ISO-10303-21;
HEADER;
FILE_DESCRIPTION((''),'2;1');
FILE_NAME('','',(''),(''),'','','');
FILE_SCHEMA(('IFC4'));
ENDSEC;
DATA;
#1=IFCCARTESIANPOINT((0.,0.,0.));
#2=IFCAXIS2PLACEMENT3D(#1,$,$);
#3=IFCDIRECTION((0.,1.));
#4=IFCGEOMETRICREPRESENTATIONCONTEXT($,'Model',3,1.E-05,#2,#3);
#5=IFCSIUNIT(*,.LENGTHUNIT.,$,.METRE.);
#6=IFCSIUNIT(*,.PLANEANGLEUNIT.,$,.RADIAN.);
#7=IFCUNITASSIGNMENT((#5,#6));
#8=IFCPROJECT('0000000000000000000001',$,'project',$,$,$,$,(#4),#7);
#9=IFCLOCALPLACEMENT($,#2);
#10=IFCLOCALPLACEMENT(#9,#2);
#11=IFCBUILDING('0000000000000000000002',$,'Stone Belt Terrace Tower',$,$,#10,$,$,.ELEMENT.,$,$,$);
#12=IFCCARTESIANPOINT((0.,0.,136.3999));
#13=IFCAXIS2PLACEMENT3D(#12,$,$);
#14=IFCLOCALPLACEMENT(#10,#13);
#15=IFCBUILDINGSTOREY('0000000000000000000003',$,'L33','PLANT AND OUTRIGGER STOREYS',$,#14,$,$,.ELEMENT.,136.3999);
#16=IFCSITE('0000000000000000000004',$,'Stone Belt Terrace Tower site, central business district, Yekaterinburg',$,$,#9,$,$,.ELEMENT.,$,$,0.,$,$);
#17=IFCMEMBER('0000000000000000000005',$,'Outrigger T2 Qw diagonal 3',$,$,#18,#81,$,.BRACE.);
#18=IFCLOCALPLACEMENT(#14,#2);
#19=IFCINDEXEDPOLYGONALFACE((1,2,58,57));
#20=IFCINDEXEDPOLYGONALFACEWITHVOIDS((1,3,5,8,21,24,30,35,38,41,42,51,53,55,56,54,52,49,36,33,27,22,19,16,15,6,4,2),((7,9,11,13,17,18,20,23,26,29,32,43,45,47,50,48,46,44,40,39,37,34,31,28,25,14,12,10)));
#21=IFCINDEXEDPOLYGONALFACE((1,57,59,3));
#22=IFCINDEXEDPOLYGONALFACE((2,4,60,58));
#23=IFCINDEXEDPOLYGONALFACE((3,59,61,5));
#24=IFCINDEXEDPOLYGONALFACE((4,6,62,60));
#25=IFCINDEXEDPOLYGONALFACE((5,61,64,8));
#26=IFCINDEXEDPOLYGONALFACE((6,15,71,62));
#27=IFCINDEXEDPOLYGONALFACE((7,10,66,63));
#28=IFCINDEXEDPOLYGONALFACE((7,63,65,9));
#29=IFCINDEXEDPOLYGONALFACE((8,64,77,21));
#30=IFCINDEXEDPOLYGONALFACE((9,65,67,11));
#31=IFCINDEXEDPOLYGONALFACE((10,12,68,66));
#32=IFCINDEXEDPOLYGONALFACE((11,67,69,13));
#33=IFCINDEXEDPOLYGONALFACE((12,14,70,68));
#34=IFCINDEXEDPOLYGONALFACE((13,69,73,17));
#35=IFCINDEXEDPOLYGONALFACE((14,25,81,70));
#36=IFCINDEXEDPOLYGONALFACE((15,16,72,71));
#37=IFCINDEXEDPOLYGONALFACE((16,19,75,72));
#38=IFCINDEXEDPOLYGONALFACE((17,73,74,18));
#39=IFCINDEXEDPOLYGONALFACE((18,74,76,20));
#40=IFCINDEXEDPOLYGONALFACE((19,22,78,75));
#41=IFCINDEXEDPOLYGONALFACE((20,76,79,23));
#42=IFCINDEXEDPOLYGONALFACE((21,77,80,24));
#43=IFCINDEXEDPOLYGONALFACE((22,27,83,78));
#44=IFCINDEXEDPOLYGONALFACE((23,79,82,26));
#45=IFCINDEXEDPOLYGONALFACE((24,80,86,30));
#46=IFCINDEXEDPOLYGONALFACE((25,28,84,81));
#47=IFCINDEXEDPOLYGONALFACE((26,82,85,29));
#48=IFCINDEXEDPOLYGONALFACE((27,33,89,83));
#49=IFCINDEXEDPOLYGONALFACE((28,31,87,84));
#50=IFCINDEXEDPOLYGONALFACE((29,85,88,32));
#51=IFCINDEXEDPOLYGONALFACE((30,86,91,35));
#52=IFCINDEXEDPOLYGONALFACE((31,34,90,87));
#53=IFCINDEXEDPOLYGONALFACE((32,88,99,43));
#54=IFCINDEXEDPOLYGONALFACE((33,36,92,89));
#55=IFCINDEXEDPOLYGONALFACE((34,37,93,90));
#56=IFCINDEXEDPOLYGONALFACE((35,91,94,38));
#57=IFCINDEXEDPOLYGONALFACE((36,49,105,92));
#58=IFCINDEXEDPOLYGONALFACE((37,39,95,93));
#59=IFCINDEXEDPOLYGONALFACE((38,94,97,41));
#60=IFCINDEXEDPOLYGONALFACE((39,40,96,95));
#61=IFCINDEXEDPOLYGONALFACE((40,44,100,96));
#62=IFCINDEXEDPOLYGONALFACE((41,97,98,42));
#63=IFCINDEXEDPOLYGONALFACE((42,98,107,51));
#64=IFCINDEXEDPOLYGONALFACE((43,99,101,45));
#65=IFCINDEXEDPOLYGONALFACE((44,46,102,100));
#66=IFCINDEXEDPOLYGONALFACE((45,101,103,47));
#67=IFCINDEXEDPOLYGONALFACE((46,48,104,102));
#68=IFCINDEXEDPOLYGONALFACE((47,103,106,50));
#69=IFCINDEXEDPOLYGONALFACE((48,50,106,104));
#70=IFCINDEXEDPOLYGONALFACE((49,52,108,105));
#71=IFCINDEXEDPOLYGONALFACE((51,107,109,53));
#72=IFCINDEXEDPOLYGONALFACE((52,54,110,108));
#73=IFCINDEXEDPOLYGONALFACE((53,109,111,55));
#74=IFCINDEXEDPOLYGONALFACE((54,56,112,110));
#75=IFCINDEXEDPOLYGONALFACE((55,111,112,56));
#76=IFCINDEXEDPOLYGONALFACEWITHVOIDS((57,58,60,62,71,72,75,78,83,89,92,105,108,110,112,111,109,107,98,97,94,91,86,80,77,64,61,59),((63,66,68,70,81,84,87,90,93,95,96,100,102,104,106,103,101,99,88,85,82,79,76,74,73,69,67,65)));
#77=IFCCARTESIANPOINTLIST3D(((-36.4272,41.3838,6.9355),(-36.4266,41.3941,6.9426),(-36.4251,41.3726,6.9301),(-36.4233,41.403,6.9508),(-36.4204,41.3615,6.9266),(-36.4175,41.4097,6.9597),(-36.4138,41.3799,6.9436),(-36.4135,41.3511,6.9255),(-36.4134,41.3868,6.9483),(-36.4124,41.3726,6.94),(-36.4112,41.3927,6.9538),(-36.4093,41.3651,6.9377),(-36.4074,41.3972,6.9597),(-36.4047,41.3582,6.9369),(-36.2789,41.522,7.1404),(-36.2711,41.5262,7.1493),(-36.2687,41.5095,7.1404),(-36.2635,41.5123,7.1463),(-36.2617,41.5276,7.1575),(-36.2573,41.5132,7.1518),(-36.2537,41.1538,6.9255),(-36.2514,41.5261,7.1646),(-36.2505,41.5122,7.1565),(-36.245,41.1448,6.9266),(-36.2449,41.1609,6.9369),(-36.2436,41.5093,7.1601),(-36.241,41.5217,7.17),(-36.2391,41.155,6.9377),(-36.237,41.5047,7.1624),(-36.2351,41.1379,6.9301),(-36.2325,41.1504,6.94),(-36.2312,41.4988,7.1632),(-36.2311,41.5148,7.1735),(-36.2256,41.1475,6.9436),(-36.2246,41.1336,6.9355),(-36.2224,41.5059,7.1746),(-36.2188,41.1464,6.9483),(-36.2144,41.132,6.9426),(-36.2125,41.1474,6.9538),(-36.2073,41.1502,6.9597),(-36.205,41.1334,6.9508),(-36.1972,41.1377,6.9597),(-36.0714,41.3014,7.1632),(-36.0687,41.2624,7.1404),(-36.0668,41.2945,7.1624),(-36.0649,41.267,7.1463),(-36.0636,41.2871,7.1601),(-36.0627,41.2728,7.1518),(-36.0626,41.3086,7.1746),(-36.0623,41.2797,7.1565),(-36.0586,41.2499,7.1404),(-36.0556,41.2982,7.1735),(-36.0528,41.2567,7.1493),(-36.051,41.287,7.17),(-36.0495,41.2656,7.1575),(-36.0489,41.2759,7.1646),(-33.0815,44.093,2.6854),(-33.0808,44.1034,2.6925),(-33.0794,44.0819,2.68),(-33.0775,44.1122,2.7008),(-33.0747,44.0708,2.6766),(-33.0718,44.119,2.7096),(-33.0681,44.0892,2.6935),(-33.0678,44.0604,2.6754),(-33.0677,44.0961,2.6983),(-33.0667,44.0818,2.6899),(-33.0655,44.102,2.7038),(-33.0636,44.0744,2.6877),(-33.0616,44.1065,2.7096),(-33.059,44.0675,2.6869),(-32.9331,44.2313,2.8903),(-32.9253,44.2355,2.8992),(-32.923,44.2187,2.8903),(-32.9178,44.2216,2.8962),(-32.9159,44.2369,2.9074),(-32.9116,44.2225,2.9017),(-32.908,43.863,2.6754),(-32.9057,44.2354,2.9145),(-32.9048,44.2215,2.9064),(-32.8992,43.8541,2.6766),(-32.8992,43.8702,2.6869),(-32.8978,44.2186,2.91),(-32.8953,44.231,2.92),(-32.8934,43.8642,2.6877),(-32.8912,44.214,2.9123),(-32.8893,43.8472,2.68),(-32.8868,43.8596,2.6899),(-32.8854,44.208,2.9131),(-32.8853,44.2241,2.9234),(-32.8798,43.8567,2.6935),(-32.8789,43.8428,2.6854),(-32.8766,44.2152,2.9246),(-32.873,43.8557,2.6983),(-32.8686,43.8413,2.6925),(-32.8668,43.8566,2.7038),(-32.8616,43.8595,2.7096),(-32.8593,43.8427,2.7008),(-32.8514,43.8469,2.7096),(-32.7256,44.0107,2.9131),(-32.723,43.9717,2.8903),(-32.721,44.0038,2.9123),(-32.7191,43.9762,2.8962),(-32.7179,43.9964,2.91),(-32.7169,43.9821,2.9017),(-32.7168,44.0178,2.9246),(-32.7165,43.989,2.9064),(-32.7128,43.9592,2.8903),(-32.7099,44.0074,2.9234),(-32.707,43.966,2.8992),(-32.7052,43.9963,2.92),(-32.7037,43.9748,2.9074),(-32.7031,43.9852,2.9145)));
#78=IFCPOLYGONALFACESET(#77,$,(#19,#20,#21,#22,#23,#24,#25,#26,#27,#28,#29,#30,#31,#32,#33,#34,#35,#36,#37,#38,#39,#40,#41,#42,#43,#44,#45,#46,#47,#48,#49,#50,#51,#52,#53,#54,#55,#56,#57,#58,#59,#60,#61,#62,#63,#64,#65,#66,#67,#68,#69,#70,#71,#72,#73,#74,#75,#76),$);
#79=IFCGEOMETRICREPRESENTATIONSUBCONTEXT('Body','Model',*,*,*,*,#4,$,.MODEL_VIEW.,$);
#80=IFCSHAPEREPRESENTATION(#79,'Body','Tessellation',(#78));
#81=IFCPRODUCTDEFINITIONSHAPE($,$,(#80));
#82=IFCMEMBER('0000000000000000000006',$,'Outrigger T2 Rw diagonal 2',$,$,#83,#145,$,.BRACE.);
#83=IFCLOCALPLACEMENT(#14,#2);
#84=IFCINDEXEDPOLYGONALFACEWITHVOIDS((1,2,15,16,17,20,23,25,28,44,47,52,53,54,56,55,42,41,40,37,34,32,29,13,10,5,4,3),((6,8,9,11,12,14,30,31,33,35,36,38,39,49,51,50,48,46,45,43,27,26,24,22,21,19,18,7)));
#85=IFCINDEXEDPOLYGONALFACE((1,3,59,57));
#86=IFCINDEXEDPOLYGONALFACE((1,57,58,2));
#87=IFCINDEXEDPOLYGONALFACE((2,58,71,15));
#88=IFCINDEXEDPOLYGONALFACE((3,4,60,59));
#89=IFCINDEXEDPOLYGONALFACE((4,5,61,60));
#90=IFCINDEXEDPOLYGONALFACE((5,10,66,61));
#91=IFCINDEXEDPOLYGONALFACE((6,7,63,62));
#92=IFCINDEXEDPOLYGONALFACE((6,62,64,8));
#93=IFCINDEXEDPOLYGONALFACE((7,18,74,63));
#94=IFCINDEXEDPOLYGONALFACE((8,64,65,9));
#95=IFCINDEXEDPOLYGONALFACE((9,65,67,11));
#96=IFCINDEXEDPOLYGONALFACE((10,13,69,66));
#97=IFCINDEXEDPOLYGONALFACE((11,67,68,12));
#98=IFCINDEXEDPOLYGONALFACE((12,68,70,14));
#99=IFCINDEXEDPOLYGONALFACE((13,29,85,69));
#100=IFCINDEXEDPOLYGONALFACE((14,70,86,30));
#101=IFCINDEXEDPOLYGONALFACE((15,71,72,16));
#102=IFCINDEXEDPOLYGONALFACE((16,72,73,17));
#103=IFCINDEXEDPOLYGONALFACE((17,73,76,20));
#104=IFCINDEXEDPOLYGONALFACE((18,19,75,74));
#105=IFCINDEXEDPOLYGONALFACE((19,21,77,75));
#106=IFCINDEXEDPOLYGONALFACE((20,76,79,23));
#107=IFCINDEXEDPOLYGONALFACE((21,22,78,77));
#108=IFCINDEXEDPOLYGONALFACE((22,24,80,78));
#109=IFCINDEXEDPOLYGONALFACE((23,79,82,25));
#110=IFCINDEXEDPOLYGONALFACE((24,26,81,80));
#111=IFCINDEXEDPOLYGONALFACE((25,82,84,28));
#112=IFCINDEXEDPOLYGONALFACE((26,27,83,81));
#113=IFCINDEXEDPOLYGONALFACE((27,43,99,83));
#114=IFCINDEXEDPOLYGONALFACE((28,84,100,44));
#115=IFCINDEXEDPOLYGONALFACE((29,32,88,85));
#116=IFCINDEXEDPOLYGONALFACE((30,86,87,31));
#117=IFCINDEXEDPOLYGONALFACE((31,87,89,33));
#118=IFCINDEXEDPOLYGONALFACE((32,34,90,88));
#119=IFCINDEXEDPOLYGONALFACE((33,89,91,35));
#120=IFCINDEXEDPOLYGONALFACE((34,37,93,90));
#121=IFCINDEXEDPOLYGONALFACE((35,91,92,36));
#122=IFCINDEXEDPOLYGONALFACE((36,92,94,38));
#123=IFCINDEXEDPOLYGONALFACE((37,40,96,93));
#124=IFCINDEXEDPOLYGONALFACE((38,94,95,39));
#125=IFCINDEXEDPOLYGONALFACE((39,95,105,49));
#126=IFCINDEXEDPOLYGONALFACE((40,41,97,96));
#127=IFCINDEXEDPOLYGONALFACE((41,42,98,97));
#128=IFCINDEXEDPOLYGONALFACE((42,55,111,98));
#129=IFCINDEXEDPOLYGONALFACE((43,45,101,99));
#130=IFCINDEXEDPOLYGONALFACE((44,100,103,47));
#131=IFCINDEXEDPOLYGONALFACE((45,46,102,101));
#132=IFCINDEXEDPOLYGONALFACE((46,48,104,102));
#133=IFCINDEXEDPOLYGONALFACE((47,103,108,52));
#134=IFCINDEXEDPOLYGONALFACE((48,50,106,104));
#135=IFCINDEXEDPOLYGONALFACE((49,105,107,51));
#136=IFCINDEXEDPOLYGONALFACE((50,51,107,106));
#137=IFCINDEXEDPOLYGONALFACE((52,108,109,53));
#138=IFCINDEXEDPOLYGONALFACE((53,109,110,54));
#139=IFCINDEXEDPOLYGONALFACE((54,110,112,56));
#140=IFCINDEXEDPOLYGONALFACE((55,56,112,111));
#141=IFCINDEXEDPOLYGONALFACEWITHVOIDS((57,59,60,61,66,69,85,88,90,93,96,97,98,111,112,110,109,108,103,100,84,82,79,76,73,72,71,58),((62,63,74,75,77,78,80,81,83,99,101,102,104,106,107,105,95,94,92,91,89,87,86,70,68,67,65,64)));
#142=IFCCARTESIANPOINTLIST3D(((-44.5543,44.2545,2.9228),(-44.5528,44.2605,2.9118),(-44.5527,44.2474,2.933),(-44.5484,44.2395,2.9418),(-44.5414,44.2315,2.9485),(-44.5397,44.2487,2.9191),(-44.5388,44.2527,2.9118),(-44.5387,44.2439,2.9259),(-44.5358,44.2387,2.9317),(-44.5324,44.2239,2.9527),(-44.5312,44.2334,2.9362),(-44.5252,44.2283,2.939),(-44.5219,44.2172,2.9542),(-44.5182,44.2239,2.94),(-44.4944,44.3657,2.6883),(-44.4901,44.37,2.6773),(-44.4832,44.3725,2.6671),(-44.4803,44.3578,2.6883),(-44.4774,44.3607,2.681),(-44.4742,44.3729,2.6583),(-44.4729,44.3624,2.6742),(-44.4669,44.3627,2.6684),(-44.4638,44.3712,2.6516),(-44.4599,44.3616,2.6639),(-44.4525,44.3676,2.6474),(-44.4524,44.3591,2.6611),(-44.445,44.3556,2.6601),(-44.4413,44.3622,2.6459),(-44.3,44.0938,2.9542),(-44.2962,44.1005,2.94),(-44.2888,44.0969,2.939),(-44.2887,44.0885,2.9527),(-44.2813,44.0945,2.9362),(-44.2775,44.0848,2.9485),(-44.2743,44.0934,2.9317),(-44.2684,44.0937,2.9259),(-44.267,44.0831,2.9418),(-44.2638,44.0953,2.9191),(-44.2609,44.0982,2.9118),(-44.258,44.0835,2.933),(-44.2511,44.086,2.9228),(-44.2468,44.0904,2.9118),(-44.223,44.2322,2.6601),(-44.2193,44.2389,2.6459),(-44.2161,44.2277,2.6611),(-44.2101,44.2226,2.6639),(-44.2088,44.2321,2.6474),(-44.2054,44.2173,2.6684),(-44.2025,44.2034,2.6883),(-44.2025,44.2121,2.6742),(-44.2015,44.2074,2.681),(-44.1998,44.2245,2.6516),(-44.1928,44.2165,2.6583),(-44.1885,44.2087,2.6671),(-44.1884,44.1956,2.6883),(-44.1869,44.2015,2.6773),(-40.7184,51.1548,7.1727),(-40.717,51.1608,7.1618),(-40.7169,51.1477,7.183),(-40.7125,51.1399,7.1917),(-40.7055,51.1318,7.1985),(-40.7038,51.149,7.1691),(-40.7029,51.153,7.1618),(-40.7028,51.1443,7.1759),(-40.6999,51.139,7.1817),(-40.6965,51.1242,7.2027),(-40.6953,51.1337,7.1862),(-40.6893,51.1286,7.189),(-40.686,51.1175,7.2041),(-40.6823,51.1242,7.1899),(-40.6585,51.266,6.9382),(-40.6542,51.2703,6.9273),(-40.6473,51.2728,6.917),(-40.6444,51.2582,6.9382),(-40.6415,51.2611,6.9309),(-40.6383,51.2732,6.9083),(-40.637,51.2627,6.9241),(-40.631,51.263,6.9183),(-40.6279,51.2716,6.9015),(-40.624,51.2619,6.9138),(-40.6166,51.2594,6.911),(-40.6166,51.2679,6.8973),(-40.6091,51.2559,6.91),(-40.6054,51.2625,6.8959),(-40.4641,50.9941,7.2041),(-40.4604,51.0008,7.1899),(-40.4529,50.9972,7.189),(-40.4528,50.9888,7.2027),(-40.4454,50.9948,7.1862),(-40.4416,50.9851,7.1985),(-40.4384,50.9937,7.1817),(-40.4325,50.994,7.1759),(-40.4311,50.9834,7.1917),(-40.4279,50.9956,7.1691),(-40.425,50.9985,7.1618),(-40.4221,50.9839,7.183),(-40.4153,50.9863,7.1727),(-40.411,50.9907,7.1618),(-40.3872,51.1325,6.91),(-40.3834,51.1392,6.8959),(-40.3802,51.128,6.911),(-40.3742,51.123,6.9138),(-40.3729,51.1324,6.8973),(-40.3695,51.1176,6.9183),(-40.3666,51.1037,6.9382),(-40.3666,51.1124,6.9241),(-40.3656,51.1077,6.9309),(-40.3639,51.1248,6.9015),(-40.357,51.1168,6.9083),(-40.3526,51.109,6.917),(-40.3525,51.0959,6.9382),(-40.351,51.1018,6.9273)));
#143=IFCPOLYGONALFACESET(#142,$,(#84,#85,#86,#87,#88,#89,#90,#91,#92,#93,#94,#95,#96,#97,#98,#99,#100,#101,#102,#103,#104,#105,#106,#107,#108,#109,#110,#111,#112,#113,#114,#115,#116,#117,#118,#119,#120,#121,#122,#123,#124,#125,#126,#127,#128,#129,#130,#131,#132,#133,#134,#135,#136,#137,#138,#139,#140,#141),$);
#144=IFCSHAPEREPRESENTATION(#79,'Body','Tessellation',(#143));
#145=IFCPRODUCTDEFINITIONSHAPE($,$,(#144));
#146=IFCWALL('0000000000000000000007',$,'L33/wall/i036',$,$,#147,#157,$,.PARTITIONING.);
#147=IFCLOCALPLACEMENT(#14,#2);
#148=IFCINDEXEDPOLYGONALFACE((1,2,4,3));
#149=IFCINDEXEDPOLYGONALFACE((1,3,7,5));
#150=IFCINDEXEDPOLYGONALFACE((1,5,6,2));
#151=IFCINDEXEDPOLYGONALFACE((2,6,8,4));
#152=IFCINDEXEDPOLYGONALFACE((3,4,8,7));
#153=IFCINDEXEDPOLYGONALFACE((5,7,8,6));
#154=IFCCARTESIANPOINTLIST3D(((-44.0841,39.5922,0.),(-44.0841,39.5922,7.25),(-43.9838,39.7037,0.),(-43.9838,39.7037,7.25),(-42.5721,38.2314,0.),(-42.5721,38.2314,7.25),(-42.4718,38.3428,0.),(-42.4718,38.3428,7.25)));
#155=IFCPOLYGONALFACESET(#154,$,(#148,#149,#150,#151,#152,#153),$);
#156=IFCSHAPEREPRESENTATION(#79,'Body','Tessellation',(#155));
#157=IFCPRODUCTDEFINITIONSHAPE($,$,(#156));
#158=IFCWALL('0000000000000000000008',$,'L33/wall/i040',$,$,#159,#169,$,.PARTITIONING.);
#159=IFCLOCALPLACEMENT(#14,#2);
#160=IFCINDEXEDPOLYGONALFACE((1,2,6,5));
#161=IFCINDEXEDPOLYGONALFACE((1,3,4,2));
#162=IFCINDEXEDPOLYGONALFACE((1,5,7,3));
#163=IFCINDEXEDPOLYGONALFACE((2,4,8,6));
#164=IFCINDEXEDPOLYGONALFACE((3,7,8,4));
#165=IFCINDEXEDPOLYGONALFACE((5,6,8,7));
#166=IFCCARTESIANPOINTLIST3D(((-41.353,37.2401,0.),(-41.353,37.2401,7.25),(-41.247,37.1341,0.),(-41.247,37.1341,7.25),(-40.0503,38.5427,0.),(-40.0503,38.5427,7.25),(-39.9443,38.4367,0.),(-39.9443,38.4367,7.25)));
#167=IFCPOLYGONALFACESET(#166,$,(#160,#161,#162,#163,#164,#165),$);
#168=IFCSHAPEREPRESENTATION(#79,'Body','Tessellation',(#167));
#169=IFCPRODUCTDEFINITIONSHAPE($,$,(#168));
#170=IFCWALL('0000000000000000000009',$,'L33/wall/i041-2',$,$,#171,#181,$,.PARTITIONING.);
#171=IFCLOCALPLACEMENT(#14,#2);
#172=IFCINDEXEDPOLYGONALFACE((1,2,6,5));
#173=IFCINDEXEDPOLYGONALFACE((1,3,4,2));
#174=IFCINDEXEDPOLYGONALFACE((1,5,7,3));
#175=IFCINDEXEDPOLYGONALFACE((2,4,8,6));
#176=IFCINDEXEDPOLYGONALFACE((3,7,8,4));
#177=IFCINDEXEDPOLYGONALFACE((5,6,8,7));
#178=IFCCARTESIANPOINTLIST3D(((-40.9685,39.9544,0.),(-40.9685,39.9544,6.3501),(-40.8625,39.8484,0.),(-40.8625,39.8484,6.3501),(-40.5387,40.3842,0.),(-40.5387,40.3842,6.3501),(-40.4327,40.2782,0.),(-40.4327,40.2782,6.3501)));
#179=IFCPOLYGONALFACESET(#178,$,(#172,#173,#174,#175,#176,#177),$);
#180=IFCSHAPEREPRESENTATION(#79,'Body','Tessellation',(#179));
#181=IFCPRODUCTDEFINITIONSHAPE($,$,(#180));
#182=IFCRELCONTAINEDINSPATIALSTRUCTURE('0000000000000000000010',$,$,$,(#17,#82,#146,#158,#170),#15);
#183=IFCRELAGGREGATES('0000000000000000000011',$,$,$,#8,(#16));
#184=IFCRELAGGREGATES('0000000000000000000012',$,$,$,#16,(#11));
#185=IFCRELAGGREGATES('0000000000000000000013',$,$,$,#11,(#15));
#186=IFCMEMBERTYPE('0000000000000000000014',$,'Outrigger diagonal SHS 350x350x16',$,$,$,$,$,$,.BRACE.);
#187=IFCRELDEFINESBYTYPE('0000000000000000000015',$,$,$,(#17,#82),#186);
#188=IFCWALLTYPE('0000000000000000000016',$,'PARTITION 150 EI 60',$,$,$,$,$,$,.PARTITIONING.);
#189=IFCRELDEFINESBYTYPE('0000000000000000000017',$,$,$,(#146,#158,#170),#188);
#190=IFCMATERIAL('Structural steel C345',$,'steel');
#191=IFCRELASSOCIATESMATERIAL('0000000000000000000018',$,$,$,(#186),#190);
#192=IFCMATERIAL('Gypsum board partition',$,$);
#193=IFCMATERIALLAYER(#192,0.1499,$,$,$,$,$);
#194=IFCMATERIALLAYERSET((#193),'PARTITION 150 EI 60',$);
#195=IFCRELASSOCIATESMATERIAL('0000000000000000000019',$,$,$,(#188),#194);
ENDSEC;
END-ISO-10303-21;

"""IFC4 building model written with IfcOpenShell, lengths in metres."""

from ifc_helpers import new_model, si_unit, direction, frame, frame_2d, origin, origin_2d, place, context, subcontext, project, spatial, rectangle, hollow_rectangle, extrude, material, layer, layer_set, material_profile, profile_set, type_object, element, save


model = new_model("IFC4")

# Units and contexts
model_context = context("Model", 3, precision=1e-05, world=origin(), true_north=direction((0.0, 1.0)))
body_context = subcontext(model_context, "Body", "Model", "MODEL_VIEW")
ifc_project = project(units=[si_unit("LENGTHUNIT", "METRE"), si_unit("PLANEANGLEUNIT", "RADIAN")], contexts=[model_context])

# Site, building, storey
site_placement = place(None, origin())
site = spatial("IfcSite", under=ifc_project, at=site_placement, Name="Stone Belt Terrace Tower site, central business district, Yekaterinburg", CompositionType="ELEMENT", RefElevation=0.0)
building_placement = place(site_placement, origin())
building = spatial("IfcBuilding", under=site, at=building_placement, Name="Stone Belt Terrace Tower", CompositionType="ELEMENT")
storey_placement = place(building_placement, frame((0.0, 0.0, 136.3999)))
storey = spatial("IfcBuildingStorey", under=building, at=storey_placement, Name="L33", Description="PLANT AND OUTRIGGER STOREYS", CompositionType="ELEMENT", Elevation=136.3999)

# Members
ifc_material_1 = material(Name="Structural steel C345", Category="steel")
ifc_material_profile_1 = material_profile(ifc_material_1, hollow_rectangle(XDim=0.3501, YDim=0.3501, WallThickness=0.0161, InnerFilletRadius=0.032, OuterFilletRadius=0.0481, at=origin_2d()), Name="SHS 350x350x16")
ifc_profile_set_1 = profile_set([ifc_material_profile_1], Name="Structural steel C345")
member_type_1 = type_object("IfcMemberType", Name="Outrigger diagonal SHS 350x350x16", PredefinedType="BRACE", material=ifc_profile_set_1)
member_1_placement = place(storey_placement, frame((-36.238, 41.3298, 7.05), z_axis=(0.553057, 0.447845, -0.70254), x_axis=(-0.629311, 0.777154, 0.0)))
element("IfcMember", 1, at=member_1_placement, inside=storey, type_object=member_type_1, Name="Outrigger T2 Qw diagonal 3", PredefinedType="BRACE", context=body_context, shape_type="SweptSolid", body=[
    extrude(hollow_rectangle(XDim=0.3501, YDim=0.3501, WallThickness=0.0161, InnerFilletRadius=0.032, OuterFilletRadius=0.0481, at=origin_2d()), origin(), (0.0, 0.0, 1.0), 6.0496),
])
member_2_placement = place(storey_placement, frame((-44.3706, 44.228, 2.8), z_axis=(0.427823, 0.769602, 0.474004), x_axis=(-0.874029, 0.485874, 0.0)))
element("IfcMember", 2, at=member_2_placement, inside=storey, type_object=member_type_1, Name="Outrigger T2 Rw diagonal 2", PredefinedType="BRACE", context=body_context, shape_type="SweptSolid", body=[
    extrude(hollow_rectangle(XDim=0.3501, YDim=0.3501, WallThickness=0.0161, InnerFilletRadius=0.032, OuterFilletRadius=0.0481, at=origin_2d()), origin(), (0.0, 0.0, 1.0), 8.9661),
])

# Walls
ifc_material_2 = material(Name="Gypsum board partition")
ifc_layer = layer(ifc_material_2, 0.1499)
ifc_layer_set = layer_set([ifc_layer], Name="PARTITION 150 EI 60")
wall_type = type_object("IfcWallType", Name="PARTITION 150 EI 60", PredefinedType="PARTITIONING", material=ifc_layer_set)
wall_1_placement = place(storey_placement, frame((-44.0339, 39.6479, 0.0), z_axis=(0.0, 0.0, 1.0), x_axis=(0.743276, -0.668985, 0.0)))
element("IfcWall", 3, at=wall_1_placement, inside=storey, type_object=wall_type, Name="L33/wall/i036", PredefinedType="PARTITIONING", context=body_context, shape_type="SweptSolid", body=[
    extrude(rectangle(XDim=2.0342, YDim=0.1499, at=frame_2d((1.0171, 0.0))), origin(), (0.0, 0.0, 1.0), 7.25),
])
wall_2_placement = place(storey_placement, frame((-39.9973, 38.4897, 0.0), z_axis=(0.0, 0.0, 1.0), x_axis=(-0.707107, -0.707107, 0.0)))
element("IfcWall", 4, at=wall_2_placement, inside=storey, type_object=wall_type, Name="L33/wall/i040", PredefinedType="PARTITIONING", context=body_context, shape_type="SweptSolid", body=[
    extrude(rectangle(XDim=1.8423, YDim=0.1499, at=frame_2d((0.9211, 0.0))), origin(), (0.0, 0.0, 1.0), 7.25),
])
wall_3_placement = place(storey_placement, frame((-40.9155, 39.9014, 0.0), z_axis=(0.0, 0.0, 1.0), x_axis=(0.707107, 0.707107, 0.0)))
element("IfcWall", 5, at=wall_3_placement, inside=storey, type_object=wall_type, Name="L33/wall/i041-2", PredefinedType="PARTITIONING", context=body_context, shape_type="SweptSolid", body=[
    extrude(rectangle(XDim=0.6079, YDim=0.1499, at=frame_2d((0.304, 0.0))), origin(), (0.0, 0.0, 1.0), 6.3501),
])

save(model, "model.ifc")
